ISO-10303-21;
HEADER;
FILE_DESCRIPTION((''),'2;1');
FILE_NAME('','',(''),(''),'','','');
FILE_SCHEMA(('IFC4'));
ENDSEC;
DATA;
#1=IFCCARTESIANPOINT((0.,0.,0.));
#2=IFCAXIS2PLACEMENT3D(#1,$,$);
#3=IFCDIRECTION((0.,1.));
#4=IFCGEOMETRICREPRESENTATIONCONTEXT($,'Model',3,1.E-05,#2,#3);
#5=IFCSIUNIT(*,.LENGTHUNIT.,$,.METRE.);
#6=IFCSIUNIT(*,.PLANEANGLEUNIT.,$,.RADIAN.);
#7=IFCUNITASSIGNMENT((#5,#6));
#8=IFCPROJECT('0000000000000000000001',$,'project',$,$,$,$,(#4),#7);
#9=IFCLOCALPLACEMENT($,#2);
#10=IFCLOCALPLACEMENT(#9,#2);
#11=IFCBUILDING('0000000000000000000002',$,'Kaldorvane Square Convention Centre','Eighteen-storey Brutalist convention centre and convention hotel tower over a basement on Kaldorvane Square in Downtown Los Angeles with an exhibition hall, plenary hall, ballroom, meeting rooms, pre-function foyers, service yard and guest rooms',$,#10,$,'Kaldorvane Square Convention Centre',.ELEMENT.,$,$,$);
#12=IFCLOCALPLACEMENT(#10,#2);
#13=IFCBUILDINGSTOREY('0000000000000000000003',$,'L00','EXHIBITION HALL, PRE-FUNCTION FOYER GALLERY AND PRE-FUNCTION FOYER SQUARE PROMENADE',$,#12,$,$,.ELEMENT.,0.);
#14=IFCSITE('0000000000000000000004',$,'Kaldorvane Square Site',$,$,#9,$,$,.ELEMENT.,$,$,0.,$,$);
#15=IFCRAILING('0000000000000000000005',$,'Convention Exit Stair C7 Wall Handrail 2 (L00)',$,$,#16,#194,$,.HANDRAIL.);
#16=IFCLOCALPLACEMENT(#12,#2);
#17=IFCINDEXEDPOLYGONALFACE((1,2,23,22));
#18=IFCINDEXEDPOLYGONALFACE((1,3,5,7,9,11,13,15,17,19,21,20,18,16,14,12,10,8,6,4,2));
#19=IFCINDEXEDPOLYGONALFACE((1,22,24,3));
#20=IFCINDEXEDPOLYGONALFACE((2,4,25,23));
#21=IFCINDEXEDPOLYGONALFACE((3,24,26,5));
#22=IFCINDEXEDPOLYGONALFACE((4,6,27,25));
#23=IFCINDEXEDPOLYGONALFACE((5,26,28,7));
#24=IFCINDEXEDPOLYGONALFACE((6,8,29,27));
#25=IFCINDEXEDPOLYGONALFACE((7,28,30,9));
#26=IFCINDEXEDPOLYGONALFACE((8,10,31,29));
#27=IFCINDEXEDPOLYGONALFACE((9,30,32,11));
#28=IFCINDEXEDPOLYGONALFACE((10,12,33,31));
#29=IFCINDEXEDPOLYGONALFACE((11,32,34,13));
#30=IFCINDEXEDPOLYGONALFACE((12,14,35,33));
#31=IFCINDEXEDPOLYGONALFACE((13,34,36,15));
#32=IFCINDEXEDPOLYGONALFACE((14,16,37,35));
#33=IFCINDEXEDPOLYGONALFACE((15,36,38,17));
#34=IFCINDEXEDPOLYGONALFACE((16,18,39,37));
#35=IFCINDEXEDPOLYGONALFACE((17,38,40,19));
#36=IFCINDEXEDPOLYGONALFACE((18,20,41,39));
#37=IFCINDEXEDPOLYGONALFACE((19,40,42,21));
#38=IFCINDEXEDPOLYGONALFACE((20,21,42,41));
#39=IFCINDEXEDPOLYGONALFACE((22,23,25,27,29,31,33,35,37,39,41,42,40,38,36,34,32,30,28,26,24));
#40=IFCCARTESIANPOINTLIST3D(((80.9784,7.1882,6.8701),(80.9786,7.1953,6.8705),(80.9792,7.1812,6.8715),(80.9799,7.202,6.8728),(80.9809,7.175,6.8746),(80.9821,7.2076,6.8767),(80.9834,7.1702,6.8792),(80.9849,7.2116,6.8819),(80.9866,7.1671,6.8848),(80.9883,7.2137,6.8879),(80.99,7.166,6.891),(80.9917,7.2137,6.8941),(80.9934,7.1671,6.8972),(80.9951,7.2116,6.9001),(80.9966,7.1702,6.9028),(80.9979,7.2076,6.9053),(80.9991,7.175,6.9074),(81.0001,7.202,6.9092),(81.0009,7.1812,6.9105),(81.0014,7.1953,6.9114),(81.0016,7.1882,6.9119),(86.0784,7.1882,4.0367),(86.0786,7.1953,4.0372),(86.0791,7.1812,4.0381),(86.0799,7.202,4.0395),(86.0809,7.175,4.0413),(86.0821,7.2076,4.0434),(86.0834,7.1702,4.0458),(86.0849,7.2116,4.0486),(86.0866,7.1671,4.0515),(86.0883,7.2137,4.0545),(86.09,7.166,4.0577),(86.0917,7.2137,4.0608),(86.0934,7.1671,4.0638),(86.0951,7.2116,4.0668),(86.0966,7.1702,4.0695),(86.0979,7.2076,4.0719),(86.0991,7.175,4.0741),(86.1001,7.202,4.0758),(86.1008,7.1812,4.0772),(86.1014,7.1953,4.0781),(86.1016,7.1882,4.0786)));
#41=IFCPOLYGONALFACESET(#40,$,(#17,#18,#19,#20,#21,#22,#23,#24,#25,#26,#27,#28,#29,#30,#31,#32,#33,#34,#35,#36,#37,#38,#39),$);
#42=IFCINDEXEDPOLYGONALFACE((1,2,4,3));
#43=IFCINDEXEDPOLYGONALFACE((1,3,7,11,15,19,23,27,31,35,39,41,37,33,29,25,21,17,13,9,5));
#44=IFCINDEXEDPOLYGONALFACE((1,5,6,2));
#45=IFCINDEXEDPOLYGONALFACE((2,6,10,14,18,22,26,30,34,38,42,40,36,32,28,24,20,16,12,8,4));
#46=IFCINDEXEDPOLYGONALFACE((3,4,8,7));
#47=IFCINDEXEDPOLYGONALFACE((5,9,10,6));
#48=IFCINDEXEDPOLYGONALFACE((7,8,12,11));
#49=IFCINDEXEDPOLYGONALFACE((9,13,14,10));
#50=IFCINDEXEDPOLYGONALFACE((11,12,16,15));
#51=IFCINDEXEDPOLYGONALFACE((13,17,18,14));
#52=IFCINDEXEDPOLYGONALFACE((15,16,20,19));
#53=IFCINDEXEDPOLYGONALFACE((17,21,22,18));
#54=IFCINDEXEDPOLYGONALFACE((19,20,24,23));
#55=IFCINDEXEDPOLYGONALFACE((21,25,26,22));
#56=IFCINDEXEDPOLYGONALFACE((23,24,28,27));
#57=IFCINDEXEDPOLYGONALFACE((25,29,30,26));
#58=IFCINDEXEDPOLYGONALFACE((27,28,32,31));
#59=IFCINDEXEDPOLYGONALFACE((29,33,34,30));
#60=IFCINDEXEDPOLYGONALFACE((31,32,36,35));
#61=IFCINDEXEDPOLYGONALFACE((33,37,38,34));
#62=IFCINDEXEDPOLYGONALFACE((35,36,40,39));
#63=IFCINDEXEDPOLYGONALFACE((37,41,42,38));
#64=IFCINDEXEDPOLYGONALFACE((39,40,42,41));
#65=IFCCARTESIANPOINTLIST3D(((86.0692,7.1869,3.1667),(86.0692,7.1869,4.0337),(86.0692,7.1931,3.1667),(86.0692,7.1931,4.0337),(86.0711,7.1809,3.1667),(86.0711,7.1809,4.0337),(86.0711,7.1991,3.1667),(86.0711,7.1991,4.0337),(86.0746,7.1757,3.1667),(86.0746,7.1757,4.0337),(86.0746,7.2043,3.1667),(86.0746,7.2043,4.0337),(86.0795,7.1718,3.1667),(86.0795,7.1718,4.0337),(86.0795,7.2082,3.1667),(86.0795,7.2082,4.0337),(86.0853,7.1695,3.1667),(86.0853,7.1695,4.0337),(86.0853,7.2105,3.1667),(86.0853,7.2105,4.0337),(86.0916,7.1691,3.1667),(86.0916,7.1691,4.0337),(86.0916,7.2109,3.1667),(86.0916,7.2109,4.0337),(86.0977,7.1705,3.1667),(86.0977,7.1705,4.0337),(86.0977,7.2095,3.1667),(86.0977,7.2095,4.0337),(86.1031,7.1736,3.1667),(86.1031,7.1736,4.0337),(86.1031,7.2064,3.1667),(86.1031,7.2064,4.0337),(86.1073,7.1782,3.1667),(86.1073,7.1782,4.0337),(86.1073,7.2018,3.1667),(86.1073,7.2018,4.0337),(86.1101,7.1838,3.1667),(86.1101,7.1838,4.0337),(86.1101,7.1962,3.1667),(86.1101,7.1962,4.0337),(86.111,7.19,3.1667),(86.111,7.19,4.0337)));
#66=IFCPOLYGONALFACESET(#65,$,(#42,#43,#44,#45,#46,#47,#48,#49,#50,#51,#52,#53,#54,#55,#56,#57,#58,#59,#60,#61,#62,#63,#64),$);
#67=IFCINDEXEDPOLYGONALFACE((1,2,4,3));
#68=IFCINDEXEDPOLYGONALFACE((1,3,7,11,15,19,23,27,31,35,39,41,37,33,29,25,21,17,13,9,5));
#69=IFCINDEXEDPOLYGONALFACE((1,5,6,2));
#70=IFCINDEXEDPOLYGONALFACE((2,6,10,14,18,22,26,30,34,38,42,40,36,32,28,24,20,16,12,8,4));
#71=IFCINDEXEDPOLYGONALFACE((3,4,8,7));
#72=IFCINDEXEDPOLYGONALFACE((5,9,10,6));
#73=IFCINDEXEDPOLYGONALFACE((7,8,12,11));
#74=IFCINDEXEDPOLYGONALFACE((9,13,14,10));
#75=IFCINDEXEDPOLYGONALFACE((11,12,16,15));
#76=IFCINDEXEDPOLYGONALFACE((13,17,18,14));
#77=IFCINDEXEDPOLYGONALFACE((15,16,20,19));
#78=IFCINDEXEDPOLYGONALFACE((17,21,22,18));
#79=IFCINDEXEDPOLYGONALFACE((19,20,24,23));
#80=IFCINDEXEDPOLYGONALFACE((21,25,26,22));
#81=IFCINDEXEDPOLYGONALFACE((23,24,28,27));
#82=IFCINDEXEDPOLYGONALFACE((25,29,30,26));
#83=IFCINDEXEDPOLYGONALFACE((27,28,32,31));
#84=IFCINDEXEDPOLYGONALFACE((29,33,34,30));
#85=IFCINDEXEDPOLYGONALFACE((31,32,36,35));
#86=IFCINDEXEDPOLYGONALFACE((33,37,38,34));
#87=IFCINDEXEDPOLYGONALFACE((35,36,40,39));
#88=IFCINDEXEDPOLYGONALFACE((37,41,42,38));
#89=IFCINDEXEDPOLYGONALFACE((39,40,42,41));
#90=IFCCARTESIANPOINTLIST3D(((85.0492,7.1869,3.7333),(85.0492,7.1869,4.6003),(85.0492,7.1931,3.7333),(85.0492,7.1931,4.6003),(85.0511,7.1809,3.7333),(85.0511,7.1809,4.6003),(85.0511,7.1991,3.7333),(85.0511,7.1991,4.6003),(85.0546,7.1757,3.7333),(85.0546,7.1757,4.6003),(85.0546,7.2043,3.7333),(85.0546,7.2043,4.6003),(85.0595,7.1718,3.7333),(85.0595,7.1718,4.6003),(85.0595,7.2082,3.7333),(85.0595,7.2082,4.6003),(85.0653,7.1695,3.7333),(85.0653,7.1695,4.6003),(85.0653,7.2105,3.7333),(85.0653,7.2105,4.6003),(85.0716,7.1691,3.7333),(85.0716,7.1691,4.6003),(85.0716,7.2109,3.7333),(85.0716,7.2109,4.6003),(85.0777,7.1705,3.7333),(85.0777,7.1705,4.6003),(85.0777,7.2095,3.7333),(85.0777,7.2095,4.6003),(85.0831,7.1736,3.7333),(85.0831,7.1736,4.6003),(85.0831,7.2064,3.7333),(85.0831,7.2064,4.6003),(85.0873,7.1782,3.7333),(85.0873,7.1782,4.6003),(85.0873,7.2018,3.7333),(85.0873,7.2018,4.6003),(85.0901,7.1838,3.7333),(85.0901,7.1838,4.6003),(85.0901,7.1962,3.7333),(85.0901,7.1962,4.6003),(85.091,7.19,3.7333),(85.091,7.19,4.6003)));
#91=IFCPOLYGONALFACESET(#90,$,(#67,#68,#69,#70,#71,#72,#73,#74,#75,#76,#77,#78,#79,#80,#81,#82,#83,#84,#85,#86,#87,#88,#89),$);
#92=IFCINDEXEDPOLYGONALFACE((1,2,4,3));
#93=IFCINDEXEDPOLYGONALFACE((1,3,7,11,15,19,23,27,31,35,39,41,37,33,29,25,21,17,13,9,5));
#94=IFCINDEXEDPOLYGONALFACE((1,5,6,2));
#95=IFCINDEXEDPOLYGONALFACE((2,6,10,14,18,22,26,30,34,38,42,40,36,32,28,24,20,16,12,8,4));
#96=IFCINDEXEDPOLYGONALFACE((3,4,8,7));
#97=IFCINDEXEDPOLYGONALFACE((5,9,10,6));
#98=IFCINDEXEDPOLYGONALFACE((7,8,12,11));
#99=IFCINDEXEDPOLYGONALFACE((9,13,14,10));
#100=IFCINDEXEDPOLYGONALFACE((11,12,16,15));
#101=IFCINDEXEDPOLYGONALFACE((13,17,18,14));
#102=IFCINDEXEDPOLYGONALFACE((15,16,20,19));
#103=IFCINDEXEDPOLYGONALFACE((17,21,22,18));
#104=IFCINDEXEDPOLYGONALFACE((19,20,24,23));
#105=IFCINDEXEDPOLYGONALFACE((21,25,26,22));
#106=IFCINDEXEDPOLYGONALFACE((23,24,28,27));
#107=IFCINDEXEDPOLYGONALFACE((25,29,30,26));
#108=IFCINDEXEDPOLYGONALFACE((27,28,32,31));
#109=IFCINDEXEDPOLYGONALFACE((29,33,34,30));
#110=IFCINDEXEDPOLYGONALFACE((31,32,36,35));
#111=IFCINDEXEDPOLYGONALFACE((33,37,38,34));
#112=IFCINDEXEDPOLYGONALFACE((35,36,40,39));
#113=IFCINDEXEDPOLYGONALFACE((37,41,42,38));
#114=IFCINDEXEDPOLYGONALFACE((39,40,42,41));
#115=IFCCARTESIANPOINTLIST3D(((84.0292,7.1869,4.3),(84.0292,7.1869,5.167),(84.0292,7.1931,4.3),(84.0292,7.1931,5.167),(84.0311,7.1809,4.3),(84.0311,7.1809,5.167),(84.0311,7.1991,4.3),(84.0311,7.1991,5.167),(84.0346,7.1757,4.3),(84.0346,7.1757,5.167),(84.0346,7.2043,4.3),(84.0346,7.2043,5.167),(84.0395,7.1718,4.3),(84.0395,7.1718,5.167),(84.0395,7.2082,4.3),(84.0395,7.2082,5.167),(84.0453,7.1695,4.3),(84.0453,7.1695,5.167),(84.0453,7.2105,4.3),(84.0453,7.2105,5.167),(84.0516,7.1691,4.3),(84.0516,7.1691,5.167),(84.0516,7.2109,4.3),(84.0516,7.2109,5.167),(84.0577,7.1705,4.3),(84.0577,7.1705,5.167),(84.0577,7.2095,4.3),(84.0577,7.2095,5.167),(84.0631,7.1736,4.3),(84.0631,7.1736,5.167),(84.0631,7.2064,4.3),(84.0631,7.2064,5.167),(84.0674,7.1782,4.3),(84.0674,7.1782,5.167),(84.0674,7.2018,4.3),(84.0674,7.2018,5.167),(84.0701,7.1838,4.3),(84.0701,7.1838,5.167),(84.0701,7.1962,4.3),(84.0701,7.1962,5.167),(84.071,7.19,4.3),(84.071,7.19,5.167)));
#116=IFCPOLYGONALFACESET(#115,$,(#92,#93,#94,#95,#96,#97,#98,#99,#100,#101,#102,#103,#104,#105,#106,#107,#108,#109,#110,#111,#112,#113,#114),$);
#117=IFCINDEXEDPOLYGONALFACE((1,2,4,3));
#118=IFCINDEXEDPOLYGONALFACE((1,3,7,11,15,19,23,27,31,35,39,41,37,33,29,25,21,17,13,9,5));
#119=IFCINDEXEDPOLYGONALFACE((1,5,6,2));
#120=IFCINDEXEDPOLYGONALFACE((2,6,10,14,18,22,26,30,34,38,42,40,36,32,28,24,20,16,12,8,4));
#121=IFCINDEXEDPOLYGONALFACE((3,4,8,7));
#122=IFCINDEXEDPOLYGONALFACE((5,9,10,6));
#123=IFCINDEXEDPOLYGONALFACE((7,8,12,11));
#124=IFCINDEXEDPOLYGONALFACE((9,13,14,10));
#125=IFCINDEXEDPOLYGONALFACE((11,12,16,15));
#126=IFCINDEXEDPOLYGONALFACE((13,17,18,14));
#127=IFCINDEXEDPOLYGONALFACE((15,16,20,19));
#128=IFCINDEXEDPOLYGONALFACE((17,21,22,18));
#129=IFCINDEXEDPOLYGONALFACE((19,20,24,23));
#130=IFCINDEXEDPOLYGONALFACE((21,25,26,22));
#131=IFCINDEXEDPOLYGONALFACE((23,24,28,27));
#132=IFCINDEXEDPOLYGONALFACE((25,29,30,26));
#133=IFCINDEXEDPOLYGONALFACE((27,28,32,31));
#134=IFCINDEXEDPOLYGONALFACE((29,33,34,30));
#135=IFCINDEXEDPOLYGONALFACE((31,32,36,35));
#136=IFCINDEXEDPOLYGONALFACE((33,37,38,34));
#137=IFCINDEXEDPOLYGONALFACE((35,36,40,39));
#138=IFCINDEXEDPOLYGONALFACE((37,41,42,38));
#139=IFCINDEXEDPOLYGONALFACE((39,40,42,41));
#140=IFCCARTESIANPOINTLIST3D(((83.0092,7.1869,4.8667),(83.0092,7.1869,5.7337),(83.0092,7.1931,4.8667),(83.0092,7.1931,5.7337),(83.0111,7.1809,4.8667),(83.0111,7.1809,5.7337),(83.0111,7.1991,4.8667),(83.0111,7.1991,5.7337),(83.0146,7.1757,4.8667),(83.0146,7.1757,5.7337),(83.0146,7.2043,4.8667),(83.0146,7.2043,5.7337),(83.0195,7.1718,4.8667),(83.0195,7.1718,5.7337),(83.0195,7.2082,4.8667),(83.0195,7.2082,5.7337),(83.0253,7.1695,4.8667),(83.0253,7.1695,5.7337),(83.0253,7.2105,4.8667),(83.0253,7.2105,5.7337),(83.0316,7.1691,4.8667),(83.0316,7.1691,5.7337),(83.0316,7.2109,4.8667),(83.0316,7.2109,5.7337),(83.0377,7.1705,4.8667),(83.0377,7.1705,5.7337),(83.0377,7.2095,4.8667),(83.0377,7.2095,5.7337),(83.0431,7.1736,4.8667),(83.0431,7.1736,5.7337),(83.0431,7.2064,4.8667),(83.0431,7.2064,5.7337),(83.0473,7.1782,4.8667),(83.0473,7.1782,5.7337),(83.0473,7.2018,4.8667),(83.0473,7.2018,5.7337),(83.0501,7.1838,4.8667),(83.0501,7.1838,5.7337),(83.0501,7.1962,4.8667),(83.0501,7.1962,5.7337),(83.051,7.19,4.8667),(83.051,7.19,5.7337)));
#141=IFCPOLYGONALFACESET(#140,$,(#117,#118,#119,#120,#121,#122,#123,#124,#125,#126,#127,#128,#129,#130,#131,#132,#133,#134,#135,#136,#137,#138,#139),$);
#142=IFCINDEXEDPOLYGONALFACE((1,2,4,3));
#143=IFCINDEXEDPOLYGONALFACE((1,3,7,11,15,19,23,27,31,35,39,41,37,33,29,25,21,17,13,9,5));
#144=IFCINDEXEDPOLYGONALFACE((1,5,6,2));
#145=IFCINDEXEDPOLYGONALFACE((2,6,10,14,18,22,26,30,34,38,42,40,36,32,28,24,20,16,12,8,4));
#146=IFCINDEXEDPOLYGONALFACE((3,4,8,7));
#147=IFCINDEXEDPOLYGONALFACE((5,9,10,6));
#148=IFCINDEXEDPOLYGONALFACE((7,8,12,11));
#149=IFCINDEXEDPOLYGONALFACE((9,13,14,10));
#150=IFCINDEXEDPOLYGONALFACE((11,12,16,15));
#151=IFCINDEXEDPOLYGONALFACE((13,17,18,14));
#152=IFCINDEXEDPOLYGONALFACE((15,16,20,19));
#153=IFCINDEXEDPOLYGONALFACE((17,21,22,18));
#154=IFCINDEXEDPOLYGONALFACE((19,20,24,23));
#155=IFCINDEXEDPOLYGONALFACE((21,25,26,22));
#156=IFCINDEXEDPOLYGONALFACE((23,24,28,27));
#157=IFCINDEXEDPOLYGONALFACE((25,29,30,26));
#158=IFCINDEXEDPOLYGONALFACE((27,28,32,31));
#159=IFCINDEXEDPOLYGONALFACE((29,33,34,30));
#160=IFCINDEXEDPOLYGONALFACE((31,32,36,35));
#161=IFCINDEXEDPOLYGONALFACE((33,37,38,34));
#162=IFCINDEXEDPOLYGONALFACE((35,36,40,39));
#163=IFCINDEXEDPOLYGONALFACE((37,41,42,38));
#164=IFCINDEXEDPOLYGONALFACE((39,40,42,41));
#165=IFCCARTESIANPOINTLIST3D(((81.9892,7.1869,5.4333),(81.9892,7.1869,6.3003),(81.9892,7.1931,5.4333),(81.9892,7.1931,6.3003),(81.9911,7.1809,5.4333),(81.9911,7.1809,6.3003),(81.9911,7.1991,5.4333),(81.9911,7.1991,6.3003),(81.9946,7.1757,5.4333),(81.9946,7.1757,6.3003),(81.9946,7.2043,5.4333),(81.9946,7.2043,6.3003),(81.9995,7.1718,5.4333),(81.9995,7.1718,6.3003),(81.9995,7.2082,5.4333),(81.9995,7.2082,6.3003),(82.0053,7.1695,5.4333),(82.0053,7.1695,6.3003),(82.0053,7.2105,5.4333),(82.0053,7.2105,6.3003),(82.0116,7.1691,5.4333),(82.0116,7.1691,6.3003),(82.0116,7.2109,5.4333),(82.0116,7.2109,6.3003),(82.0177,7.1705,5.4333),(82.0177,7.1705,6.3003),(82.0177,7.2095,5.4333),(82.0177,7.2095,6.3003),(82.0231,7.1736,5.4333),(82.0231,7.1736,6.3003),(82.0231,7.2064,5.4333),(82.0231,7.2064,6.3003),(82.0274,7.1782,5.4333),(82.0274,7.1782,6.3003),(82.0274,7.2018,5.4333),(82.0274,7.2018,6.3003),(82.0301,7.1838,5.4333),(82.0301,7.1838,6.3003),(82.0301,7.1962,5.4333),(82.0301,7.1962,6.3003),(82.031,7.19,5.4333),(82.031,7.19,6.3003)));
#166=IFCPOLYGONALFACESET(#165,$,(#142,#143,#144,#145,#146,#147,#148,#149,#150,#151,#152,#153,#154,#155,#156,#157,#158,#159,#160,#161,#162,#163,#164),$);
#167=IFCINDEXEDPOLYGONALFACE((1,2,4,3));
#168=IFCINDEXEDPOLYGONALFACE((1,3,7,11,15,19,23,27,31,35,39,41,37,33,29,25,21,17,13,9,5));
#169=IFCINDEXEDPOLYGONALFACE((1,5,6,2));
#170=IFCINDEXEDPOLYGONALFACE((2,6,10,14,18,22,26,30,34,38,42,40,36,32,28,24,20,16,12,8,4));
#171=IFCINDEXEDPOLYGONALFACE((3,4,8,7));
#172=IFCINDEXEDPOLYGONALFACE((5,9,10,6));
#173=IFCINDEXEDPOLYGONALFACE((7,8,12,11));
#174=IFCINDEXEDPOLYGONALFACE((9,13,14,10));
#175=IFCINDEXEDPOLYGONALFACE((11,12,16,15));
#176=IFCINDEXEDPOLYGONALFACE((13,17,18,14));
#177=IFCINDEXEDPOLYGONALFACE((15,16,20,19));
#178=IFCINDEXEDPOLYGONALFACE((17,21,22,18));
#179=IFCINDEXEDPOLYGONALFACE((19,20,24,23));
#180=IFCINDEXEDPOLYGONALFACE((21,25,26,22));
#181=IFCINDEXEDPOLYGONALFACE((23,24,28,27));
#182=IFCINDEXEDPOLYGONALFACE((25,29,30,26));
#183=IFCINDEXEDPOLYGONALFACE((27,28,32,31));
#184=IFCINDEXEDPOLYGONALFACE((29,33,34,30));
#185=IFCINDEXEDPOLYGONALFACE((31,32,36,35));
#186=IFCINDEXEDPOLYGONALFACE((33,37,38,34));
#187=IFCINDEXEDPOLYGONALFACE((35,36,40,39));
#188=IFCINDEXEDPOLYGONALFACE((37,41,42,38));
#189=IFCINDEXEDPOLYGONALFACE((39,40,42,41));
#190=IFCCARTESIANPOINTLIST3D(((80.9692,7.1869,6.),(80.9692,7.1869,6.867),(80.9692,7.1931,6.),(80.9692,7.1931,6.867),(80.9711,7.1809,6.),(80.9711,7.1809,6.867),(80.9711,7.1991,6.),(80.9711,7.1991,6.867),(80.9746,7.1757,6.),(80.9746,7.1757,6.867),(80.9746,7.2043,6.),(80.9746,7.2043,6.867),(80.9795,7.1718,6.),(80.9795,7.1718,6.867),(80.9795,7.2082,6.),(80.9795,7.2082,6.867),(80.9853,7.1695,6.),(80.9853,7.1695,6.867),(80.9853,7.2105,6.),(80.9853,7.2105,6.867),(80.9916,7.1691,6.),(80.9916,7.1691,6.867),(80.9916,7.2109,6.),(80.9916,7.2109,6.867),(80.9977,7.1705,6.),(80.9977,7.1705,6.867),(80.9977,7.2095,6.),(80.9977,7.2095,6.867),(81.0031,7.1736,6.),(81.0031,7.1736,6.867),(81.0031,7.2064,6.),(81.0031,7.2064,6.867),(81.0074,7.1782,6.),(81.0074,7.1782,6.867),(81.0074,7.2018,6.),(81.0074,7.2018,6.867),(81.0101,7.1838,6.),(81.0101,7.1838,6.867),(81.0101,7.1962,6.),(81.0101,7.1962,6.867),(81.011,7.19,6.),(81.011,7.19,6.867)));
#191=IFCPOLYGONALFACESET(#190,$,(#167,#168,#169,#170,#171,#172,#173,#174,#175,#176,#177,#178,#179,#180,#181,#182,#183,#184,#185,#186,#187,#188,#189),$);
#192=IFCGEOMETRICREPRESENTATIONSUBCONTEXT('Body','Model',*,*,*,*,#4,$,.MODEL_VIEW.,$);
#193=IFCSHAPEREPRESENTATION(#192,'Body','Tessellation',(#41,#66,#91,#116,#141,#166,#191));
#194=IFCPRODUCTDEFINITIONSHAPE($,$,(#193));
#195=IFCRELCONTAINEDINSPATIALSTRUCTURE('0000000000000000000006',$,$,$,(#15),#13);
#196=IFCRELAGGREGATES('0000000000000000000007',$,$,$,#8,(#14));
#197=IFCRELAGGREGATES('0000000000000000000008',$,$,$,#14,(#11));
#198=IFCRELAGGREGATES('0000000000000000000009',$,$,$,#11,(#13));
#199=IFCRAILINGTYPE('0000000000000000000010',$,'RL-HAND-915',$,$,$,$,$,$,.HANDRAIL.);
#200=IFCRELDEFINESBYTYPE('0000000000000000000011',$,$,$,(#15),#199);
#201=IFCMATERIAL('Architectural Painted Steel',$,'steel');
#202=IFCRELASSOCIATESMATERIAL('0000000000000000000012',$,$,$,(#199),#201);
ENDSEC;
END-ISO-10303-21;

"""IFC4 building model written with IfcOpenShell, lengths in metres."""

from ifc_helpers import new_model, si_unit, direction, frame, origin, origin_2d, place, context, subcontext, project, spatial, circle, extrude, material, type_object, element, save


model = new_model("IFC4")

# Units and contexts
model_context = context("Model", 3, precision=1e-05, world=origin(), true_north=direction((0.0, 1.0)))
body_context = subcontext(model_context, "Body", "Model", "MODEL_VIEW")
ifc_project = project(units=[si_unit("LENGTHUNIT", "METRE"), si_unit("PLANEANGLEUNIT", "RADIAN")], contexts=[model_context])

# Site, building, storey
site_placement = place(None, origin())
site = spatial("IfcSite", under=ifc_project, at=site_placement, Name="Kaldorvane Square Site", CompositionType="ELEMENT", RefElevation=0.0)
building_placement = place(site_placement, origin())
building = spatial("IfcBuilding", under=site, at=building_placement, Name="Kaldorvane Square Convention Centre", Description="Eighteen-storey Brutalist convention centre and convention hotel tower over a basement on Kaldorvane Square in Downtown Los Angeles with an exhibition hall, plenary hall, ballroom, meeting rooms, pre-function foyers, service yard and guest rooms", LongName="Kaldorvane Square Convention Centre", CompositionType="ELEMENT")
storey_placement = place(building_placement, origin())
storey = spatial("IfcBuildingStorey", under=building, at=storey_placement, Name="L00", Description="EXHIBITION HALL, PRE-FUNCTION FOYER GALLERY AND PRE-FUNCTION FOYER SQUARE PROMENADE", CompositionType="ELEMENT", Elevation=0.0)

# Railing
ifc_material_1 = material(Name="Architectural Painted Steel", Category="steel")
railing_type_1 = type_object("IfcRailingType", Name="RL-HAND-915", PredefinedType="HANDRAIL", material=ifc_material_1)
railing_1_placement = place(storey_placement, frame((86.09, 7.19, 3.1667)))
element("IfcRailing", 1, at=railing_1_placement, inside=storey, type_object=railing_type_1, Name="Convention Exit Stair C7 Wall Handrail 2 (L00)", PredefinedType="HANDRAIL", context=body_context, shape_type="SweptSolid", body=[
    extrude(circle(Radius=0.024, at=origin_2d()), frame((0.0, 0.0, 0.891), z_axis=(-0.874157, 0.0, 0.485643), x_axis=(0.0, -1.0, 0.0)), (0.0, 0.0, 1.0), 5.8342),
    extrude(circle(Radius=0.021, at=origin_2d()), origin(), (0.0, 0.0, 1.0), 0.867),
    extrude(circle(Radius=0.021, at=origin_2d()), frame((-1.02, 0.0, 0.5667)), (0.0, 0.0, 1.0), 0.867),
    extrude(circle(Radius=0.021, at=origin_2d()), frame((-2.04, 0.0, 1.1333)), (0.0, 0.0, 1.0), 0.867),
    extrude(circle(Radius=0.021, at=origin_2d()), frame((-3.06, 0.0, 1.7)), (0.0, 0.0, 1.0), 0.867),
    extrude(circle(Radius=0.021, at=origin_2d()), frame((-4.08, 0.0, 2.2667)), (0.0, 0.0, 1.0), 0.867),
    extrude(circle(Radius=0.021, at=origin_2d()), frame((-5.1, 0.0, 2.8333)), (0.0, 0.0, 1.0), 0.867),
])

save(model, "model.ifc")
